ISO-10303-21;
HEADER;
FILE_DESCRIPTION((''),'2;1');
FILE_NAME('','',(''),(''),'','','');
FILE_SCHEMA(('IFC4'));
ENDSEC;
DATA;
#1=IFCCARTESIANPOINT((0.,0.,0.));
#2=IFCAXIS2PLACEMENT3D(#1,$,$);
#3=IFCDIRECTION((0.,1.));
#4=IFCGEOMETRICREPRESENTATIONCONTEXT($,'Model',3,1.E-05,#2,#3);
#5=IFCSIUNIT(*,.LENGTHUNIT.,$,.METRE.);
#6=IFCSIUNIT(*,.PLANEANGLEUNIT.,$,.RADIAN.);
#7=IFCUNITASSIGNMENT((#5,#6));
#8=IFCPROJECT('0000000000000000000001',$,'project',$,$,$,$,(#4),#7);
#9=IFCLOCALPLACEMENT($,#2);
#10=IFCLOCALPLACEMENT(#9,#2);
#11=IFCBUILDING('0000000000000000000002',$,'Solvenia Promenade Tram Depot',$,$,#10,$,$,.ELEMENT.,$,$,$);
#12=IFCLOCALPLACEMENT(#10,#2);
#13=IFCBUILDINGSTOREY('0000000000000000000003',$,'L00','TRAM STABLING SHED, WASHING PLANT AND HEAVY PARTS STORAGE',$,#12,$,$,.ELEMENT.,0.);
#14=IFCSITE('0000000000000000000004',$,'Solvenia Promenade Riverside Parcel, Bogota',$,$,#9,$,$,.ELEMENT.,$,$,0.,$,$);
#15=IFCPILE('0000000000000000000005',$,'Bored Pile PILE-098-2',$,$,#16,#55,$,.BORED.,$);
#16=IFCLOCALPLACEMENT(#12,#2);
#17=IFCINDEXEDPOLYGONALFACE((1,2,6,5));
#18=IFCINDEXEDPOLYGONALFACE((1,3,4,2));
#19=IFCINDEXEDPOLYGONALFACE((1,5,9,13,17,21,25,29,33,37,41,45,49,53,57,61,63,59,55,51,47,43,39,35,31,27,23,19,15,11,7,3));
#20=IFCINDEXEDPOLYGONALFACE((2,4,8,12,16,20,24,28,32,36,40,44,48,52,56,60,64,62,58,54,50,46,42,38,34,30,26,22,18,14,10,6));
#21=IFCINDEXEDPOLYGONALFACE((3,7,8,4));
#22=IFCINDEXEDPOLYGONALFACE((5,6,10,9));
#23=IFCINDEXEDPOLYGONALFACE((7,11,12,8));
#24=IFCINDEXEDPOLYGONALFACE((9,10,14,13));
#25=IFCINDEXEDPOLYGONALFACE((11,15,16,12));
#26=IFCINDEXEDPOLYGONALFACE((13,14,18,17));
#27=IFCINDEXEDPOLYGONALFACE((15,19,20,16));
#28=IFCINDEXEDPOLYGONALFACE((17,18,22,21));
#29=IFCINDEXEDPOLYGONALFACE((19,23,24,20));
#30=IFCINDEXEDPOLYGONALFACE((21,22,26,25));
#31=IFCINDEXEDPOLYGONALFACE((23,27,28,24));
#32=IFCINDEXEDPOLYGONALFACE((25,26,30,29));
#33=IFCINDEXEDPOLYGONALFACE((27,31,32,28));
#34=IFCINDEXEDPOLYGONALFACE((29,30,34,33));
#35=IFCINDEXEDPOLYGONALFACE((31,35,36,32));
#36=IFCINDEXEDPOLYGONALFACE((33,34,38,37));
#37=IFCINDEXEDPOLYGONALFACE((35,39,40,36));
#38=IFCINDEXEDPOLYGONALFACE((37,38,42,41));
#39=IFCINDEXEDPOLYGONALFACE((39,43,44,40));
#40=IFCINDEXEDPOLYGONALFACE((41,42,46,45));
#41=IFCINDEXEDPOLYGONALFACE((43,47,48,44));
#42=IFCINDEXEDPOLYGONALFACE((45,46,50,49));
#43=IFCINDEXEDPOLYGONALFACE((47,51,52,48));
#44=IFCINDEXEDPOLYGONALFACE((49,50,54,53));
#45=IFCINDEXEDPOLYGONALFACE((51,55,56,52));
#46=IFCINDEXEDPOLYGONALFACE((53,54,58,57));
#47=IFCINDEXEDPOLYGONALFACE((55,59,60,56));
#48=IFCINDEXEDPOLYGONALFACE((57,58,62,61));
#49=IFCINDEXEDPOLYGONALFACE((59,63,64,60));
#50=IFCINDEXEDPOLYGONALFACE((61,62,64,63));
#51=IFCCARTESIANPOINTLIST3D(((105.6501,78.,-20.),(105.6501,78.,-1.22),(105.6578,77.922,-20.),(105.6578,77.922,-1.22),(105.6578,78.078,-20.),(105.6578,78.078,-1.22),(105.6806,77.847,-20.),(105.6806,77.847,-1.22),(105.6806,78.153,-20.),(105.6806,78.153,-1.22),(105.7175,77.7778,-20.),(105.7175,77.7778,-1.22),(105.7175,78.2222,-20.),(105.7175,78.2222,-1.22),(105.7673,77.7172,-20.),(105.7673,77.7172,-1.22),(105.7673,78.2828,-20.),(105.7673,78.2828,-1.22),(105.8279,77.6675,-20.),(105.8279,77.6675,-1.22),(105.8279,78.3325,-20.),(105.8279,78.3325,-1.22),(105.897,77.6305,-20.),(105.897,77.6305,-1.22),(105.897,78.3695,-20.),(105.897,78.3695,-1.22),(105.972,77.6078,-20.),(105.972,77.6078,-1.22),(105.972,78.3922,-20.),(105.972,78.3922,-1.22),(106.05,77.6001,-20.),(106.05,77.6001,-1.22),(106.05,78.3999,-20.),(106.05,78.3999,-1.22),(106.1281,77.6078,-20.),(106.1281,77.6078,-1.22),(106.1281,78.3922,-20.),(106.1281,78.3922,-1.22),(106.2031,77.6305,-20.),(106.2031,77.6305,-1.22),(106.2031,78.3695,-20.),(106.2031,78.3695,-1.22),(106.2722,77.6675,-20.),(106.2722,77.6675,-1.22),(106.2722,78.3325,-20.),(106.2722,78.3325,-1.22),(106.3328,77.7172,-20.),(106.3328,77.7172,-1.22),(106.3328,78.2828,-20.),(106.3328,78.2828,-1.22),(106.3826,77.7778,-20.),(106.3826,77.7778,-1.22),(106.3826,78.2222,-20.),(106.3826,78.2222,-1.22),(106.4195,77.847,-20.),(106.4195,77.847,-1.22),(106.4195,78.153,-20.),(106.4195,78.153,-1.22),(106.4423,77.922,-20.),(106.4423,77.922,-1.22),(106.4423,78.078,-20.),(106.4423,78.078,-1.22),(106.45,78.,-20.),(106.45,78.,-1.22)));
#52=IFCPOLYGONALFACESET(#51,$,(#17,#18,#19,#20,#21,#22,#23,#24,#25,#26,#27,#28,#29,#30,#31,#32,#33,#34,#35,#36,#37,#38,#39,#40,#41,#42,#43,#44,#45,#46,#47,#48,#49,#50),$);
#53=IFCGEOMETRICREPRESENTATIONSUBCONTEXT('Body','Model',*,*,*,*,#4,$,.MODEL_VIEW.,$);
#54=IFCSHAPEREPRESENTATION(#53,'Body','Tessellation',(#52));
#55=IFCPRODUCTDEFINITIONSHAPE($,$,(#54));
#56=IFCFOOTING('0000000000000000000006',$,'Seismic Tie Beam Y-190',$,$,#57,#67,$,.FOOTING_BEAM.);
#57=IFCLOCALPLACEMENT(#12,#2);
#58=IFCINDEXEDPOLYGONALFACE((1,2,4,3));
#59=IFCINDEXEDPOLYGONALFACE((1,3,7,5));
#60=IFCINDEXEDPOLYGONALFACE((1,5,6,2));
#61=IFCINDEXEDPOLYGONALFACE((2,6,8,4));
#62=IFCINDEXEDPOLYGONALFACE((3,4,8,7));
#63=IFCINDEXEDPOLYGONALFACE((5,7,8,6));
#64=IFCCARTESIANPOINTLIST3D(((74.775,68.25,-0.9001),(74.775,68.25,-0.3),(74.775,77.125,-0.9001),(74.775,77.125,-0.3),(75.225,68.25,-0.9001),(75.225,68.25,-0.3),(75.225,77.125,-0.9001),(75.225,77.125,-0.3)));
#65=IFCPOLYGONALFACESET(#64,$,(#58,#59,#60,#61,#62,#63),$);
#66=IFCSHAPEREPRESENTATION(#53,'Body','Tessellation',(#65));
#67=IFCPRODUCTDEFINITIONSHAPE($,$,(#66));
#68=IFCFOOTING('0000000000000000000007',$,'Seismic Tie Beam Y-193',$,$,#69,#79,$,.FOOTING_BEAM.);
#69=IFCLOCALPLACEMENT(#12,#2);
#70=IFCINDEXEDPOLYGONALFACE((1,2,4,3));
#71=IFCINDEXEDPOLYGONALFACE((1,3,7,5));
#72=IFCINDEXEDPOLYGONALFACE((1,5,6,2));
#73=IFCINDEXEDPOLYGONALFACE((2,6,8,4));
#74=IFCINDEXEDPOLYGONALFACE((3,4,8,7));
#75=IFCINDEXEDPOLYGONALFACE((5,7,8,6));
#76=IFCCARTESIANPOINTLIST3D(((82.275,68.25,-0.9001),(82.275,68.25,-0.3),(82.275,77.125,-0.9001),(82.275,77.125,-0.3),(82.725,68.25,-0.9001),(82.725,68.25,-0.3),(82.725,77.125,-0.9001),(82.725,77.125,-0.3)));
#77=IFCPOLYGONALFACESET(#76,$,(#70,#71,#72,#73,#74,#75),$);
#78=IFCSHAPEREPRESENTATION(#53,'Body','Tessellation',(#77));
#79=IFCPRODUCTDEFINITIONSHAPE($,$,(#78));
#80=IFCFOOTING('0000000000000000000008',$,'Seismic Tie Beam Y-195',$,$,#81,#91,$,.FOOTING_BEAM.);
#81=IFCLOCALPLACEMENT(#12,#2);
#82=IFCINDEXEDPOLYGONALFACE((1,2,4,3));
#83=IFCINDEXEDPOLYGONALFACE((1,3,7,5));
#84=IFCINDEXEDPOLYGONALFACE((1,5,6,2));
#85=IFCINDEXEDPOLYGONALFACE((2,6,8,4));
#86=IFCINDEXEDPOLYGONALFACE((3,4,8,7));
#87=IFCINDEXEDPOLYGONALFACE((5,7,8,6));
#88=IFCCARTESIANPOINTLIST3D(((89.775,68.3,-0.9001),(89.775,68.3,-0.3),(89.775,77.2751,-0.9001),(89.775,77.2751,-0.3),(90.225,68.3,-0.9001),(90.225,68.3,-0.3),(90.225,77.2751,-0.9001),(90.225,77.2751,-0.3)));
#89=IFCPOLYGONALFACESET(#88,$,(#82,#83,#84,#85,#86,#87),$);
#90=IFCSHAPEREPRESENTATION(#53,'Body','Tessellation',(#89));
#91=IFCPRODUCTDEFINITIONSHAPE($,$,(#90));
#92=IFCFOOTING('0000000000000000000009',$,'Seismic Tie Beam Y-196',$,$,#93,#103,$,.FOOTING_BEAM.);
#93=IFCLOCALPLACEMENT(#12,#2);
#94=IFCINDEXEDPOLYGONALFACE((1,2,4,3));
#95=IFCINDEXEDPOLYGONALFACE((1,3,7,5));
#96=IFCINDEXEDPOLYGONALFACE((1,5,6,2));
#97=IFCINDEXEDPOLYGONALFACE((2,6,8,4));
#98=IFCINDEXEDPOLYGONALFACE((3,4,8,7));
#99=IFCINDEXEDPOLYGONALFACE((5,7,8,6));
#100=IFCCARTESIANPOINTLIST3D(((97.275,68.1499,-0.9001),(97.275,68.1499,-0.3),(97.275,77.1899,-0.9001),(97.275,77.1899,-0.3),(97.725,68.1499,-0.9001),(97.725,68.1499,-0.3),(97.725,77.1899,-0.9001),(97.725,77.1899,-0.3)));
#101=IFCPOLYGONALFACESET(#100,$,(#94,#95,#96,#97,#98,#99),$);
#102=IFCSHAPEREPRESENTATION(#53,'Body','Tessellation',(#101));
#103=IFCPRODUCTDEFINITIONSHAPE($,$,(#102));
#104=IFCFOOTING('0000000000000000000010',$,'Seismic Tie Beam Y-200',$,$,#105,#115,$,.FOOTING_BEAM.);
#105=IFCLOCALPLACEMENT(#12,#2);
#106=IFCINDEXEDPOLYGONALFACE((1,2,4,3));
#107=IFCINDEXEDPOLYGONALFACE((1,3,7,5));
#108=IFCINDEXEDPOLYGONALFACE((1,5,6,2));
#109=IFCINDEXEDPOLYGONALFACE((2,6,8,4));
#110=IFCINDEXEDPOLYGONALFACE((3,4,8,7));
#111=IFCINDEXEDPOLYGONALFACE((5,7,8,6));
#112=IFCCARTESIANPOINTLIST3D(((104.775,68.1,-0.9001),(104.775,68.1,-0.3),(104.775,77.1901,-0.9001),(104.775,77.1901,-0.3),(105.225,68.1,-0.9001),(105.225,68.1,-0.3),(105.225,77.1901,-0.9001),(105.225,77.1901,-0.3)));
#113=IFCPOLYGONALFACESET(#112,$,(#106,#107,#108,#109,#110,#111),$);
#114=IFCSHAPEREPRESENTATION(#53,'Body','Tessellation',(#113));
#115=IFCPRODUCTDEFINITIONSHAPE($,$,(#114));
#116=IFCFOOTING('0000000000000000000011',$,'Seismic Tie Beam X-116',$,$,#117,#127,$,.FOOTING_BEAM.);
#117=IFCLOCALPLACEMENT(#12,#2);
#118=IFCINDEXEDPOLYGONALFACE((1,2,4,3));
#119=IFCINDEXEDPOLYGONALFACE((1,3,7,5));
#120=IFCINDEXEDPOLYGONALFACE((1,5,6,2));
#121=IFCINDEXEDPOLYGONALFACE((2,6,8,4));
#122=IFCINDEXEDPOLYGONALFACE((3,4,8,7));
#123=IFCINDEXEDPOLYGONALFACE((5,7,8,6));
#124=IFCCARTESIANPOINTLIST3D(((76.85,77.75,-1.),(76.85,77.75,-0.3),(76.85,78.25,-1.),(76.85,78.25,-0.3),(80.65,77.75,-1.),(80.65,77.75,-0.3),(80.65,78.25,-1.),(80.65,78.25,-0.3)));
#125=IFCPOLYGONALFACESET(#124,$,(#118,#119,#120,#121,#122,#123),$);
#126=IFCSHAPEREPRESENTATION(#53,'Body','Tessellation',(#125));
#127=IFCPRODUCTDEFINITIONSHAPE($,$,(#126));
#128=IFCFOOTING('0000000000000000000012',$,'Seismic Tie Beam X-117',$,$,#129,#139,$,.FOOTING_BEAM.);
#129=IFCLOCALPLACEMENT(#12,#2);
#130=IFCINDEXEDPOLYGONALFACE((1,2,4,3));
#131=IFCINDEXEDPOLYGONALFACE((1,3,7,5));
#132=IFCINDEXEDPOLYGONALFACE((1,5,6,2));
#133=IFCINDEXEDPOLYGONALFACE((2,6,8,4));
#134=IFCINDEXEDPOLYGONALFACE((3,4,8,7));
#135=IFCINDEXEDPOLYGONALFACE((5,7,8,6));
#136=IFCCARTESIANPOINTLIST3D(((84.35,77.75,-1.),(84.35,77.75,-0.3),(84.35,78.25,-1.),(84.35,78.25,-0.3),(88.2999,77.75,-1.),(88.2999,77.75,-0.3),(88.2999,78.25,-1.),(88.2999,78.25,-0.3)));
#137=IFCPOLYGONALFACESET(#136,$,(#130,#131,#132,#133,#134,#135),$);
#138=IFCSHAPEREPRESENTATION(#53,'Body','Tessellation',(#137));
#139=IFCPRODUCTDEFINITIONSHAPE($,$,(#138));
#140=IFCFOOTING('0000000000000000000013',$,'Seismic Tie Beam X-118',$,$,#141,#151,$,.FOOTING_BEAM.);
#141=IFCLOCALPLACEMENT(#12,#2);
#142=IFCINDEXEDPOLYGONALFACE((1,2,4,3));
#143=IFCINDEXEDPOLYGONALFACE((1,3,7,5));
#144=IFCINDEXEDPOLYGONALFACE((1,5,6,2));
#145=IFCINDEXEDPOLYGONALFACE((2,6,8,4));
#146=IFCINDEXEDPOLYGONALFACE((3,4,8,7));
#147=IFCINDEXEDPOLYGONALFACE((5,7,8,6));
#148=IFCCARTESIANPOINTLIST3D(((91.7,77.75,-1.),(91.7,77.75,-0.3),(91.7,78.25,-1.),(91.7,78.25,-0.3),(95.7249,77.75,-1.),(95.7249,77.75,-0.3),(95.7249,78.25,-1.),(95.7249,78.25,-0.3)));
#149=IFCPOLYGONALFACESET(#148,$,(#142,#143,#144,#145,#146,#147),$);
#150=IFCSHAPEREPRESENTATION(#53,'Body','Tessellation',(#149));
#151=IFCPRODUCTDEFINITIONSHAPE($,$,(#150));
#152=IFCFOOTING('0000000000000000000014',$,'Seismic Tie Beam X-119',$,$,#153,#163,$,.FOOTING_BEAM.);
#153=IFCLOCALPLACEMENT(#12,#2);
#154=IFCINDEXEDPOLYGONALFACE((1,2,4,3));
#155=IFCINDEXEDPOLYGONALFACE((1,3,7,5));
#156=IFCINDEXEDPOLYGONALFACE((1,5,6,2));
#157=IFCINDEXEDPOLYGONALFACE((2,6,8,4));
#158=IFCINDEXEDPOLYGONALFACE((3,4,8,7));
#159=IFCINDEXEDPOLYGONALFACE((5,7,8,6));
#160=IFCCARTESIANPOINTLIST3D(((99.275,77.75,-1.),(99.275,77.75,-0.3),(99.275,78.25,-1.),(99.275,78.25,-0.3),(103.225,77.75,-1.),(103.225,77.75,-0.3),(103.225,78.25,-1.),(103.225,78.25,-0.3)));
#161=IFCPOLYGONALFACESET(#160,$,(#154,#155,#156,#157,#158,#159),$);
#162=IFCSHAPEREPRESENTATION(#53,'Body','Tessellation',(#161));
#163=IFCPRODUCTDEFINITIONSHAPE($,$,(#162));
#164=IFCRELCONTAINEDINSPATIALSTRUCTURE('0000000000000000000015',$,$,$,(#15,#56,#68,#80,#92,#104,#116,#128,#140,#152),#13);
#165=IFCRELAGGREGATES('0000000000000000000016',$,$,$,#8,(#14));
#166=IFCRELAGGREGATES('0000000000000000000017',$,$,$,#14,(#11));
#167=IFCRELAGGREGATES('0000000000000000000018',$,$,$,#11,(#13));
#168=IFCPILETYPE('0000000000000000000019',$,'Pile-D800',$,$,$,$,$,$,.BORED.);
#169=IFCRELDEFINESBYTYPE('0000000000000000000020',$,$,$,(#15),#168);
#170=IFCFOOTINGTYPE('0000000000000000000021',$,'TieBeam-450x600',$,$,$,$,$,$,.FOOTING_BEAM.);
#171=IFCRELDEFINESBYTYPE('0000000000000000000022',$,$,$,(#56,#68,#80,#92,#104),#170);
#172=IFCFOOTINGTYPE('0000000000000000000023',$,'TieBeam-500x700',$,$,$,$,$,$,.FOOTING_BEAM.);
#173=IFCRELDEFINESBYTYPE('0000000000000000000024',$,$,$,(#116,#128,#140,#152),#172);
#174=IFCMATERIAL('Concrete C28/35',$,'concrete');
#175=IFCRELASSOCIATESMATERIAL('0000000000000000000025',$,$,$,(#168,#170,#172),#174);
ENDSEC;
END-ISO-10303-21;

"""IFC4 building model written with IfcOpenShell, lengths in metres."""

from ifc_helpers import new_model, si_unit, direction, frame, origin, origin_2d, place, context, subcontext, project, spatial, rectangle, circle, extrude, material, material_profile, profile_set, type_object, element, save


model = new_model("IFC4")

# Units and contexts
model_context = context("Model", 3, precision=1e-05, world=origin(), true_north=direction((0.0, 1.0)))
body_context = subcontext(model_context, "Body", "Model", "MODEL_VIEW")
ifc_project = project(units=[si_unit("LENGTHUNIT", "METRE"), si_unit("PLANEANGLEUNIT", "RADIAN")], contexts=[model_context])

# Site, building, storey
site_placement = place(None, origin())
site = spatial("IfcSite", under=ifc_project, at=site_placement, Name="Solvenia Promenade Riverside Parcel, Bogota", CompositionType="ELEMENT", RefElevation=0.0)
building_placement = place(site_placement, origin())
building = spatial("IfcBuilding", under=site, at=building_placement, Name="Solvenia Promenade Tram Depot", CompositionType="ELEMENT")
storey_placement = place(building_placement, origin())
storey = spatial("IfcBuildingStorey", under=building, at=storey_placement, Name="L00", Description="TRAM STABLING SHED, WASHING PLANT AND HEAVY PARTS STORAGE", CompositionType="ELEMENT", Elevation=0.0)

# Shared definitions
ifc_material_1 = material(Name="Concrete C28/35", Category="concrete")

# Pile
ifc_material_profile_1 = material_profile(ifc_material_1, circle(Radius=0.3999, at=origin_2d()), Name="D800", Category="concrete")
ifc_profile_set_1 = profile_set([ifc_material_profile_1], Name="Concrete C28/35")
pile_type_1 = type_object("IfcPileType", Name="Pile-D800", PredefinedType="BORED", material=ifc_profile_set_1)
for number, where, z_axis, x_axis, name in (
    (1, (106.05, 78.0, -1.22), (0.0, 0.0, -1.0), (1.0, 0.0, 0.0), "Bored Pile PILE-098-2"),
):
    element("IfcPile", number, at=place(storey_placement, frame(where, z_axis=z_axis, x_axis=x_axis)), inside=storey, type_object=pile_type_1, Name=name, PredefinedType="BORED", context=body_context, shape_type="SweptSolid", body=[
        extrude(circle(Radius=0.3999, at=origin_2d()), origin(), (0.0, 0.0, 1.0), 18.78),
    ])

# Footings
footing_type_1 = type_object("IfcFootingType", Name="TieBeam-450x600", PredefinedType="FOOTING_BEAM", material=ifc_material_1)
for number, where, z_axis, x_axis, name in (
    (2, (75.0, 72.6875, -0.9001), (0.0, 0.0, 1.0), (1.0, 0.0, 0.0), "Seismic Tie Beam Y-190"),
    (3, (82.5, 72.6875, -0.9001), (0.0, 0.0, 1.0), (1.0, 0.0, 0.0), "Seismic Tie Beam Y-193"),
):
    element("IfcFooting", number, at=place(storey_placement, frame(where, z_axis=z_axis, x_axis=x_axis)), inside=storey, type_object=footing_type_1, Name=name, PredefinedType="FOOTING_BEAM", context=body_context, shape_type="SweptSolid", body=[
        extrude(rectangle(XDim=0.45, YDim=8.875, at=origin_2d()), origin(), (0.0, 0.0, 1.0), 0.6001),
    ])
footing_1_placement = place(storey_placement, frame((90.0, 72.7876, -0.9001), z_axis=(0.0, 0.0, 1.0), x_axis=(1.0, 0.0, 0.0)))
element("IfcFooting", 4, at=footing_1_placement, inside=storey, type_object=footing_type_1, Name="Seismic Tie Beam Y-195", PredefinedType="FOOTING_BEAM", context=body_context, shape_type="SweptSolid", body=[
    extrude(rectangle(XDim=0.45, YDim=8.9751, at=origin_2d()), origin(), (0.0, 0.0, 1.0), 0.6001),
])
footing_2_placement = place(storey_placement, frame((97.5, 72.6699, -0.9001), z_axis=(0.0, 0.0, 1.0), x_axis=(1.0, 0.0, 0.0)))
element("IfcFooting", 5, at=footing_2_placement, inside=storey, type_object=footing_type_1, Name="Seismic Tie Beam Y-196", PredefinedType="FOOTING_BEAM", context=body_context, shape_type="SweptSolid", body=[
    extrude(rectangle(XDim=0.45, YDim=9.04, at=origin_2d()), origin(), (0.0, 0.0, 1.0), 0.6001),
])
footing_3_placement = place(storey_placement, frame((105.0, 72.645, -0.9001), z_axis=(0.0, 0.0, 1.0), x_axis=(1.0, 0.0, 0.0)))
element("IfcFooting", 6, at=footing_3_placement, inside=storey, type_object=footing_type_1, Name="Seismic Tie Beam Y-200", PredefinedType="FOOTING_BEAM", context=body_context, shape_type="SweptSolid", body=[
    extrude(rectangle(XDim=0.45, YDim=9.0901, at=origin_2d()), origin(), (0.0, 0.0, 1.0), 0.6001),
])
footing_type_2 = type_object("IfcFootingType", Name="TieBeam-500x700", PredefinedType="FOOTING_BEAM", material=ifc_material_1)
footing_4_placement = place(storey_placement, frame((78.75, 78.0, -1.0), z_axis=(0.0, 0.0, 1.0), x_axis=(1.0, 0.0, 0.0)))
element("IfcFooting", 7, at=footing_4_placement, inside=storey, type_object=footing_type_2, Name="Seismic Tie Beam X-116", PredefinedType="FOOTING_BEAM", context=body_context, shape_type="SweptSolid", body=[
    extrude(rectangle(XDim=3.8, YDim=0.5, at=origin_2d()), origin(), (0.0, 0.0, 1.0), 0.7),
])
footing_5_placement = place(storey_placement, frame((86.325, 78.0, -1.0), z_axis=(0.0, 0.0, 1.0), x_axis=(1.0, 0.0, 0.0)))
element("IfcFooting", 8, at=footing_5_placement, inside=storey, type_object=footing_type_2, Name="Seismic Tie Beam X-117", PredefinedType="FOOTING_BEAM", context=body_context, shape_type="SweptSolid", body=[
    extrude(rectangle(XDim=3.95, YDim=0.5, at=origin_2d()), origin(), (0.0, 0.0, 1.0), 0.7),
])
footing_6_placement = place(storey_placement, frame((93.7124, 78.0, -1.0), z_axis=(0.0, 0.0, 1.0), x_axis=(1.0, 0.0, 0.0)))
element("IfcFooting", 9, at=footing_6_placement, inside=storey, type_object=footing_type_2, Name="Seismic Tie Beam X-118", PredefinedType="FOOTING_BEAM", context=body_context, shape_type="SweptSolid", body=[
    extrude(rectangle(XDim=4.0249, YDim=0.5, at=origin_2d()), origin(), (0.0, 0.0, 1.0), 0.7),
])
footing_7_placement = place(storey_placement, frame((101.25, 78.0, -1.0), z_axis=(0.0, 0.0, 1.0), x_axis=(1.0, 0.0, 0.0)))
element("IfcFooting", 10, at=footing_7_placement, inside=storey, type_object=footing_type_2, Name="Seismic Tie Beam X-119", PredefinedType="FOOTING_BEAM", context=body_context, shape_type="SweptSolid", body=[
    extrude(rectangle(XDim=3.95, YDim=0.5, at=origin_2d()), origin(), (0.0, 0.0, 1.0), 0.7),
])

save(model, "model.ifc")
